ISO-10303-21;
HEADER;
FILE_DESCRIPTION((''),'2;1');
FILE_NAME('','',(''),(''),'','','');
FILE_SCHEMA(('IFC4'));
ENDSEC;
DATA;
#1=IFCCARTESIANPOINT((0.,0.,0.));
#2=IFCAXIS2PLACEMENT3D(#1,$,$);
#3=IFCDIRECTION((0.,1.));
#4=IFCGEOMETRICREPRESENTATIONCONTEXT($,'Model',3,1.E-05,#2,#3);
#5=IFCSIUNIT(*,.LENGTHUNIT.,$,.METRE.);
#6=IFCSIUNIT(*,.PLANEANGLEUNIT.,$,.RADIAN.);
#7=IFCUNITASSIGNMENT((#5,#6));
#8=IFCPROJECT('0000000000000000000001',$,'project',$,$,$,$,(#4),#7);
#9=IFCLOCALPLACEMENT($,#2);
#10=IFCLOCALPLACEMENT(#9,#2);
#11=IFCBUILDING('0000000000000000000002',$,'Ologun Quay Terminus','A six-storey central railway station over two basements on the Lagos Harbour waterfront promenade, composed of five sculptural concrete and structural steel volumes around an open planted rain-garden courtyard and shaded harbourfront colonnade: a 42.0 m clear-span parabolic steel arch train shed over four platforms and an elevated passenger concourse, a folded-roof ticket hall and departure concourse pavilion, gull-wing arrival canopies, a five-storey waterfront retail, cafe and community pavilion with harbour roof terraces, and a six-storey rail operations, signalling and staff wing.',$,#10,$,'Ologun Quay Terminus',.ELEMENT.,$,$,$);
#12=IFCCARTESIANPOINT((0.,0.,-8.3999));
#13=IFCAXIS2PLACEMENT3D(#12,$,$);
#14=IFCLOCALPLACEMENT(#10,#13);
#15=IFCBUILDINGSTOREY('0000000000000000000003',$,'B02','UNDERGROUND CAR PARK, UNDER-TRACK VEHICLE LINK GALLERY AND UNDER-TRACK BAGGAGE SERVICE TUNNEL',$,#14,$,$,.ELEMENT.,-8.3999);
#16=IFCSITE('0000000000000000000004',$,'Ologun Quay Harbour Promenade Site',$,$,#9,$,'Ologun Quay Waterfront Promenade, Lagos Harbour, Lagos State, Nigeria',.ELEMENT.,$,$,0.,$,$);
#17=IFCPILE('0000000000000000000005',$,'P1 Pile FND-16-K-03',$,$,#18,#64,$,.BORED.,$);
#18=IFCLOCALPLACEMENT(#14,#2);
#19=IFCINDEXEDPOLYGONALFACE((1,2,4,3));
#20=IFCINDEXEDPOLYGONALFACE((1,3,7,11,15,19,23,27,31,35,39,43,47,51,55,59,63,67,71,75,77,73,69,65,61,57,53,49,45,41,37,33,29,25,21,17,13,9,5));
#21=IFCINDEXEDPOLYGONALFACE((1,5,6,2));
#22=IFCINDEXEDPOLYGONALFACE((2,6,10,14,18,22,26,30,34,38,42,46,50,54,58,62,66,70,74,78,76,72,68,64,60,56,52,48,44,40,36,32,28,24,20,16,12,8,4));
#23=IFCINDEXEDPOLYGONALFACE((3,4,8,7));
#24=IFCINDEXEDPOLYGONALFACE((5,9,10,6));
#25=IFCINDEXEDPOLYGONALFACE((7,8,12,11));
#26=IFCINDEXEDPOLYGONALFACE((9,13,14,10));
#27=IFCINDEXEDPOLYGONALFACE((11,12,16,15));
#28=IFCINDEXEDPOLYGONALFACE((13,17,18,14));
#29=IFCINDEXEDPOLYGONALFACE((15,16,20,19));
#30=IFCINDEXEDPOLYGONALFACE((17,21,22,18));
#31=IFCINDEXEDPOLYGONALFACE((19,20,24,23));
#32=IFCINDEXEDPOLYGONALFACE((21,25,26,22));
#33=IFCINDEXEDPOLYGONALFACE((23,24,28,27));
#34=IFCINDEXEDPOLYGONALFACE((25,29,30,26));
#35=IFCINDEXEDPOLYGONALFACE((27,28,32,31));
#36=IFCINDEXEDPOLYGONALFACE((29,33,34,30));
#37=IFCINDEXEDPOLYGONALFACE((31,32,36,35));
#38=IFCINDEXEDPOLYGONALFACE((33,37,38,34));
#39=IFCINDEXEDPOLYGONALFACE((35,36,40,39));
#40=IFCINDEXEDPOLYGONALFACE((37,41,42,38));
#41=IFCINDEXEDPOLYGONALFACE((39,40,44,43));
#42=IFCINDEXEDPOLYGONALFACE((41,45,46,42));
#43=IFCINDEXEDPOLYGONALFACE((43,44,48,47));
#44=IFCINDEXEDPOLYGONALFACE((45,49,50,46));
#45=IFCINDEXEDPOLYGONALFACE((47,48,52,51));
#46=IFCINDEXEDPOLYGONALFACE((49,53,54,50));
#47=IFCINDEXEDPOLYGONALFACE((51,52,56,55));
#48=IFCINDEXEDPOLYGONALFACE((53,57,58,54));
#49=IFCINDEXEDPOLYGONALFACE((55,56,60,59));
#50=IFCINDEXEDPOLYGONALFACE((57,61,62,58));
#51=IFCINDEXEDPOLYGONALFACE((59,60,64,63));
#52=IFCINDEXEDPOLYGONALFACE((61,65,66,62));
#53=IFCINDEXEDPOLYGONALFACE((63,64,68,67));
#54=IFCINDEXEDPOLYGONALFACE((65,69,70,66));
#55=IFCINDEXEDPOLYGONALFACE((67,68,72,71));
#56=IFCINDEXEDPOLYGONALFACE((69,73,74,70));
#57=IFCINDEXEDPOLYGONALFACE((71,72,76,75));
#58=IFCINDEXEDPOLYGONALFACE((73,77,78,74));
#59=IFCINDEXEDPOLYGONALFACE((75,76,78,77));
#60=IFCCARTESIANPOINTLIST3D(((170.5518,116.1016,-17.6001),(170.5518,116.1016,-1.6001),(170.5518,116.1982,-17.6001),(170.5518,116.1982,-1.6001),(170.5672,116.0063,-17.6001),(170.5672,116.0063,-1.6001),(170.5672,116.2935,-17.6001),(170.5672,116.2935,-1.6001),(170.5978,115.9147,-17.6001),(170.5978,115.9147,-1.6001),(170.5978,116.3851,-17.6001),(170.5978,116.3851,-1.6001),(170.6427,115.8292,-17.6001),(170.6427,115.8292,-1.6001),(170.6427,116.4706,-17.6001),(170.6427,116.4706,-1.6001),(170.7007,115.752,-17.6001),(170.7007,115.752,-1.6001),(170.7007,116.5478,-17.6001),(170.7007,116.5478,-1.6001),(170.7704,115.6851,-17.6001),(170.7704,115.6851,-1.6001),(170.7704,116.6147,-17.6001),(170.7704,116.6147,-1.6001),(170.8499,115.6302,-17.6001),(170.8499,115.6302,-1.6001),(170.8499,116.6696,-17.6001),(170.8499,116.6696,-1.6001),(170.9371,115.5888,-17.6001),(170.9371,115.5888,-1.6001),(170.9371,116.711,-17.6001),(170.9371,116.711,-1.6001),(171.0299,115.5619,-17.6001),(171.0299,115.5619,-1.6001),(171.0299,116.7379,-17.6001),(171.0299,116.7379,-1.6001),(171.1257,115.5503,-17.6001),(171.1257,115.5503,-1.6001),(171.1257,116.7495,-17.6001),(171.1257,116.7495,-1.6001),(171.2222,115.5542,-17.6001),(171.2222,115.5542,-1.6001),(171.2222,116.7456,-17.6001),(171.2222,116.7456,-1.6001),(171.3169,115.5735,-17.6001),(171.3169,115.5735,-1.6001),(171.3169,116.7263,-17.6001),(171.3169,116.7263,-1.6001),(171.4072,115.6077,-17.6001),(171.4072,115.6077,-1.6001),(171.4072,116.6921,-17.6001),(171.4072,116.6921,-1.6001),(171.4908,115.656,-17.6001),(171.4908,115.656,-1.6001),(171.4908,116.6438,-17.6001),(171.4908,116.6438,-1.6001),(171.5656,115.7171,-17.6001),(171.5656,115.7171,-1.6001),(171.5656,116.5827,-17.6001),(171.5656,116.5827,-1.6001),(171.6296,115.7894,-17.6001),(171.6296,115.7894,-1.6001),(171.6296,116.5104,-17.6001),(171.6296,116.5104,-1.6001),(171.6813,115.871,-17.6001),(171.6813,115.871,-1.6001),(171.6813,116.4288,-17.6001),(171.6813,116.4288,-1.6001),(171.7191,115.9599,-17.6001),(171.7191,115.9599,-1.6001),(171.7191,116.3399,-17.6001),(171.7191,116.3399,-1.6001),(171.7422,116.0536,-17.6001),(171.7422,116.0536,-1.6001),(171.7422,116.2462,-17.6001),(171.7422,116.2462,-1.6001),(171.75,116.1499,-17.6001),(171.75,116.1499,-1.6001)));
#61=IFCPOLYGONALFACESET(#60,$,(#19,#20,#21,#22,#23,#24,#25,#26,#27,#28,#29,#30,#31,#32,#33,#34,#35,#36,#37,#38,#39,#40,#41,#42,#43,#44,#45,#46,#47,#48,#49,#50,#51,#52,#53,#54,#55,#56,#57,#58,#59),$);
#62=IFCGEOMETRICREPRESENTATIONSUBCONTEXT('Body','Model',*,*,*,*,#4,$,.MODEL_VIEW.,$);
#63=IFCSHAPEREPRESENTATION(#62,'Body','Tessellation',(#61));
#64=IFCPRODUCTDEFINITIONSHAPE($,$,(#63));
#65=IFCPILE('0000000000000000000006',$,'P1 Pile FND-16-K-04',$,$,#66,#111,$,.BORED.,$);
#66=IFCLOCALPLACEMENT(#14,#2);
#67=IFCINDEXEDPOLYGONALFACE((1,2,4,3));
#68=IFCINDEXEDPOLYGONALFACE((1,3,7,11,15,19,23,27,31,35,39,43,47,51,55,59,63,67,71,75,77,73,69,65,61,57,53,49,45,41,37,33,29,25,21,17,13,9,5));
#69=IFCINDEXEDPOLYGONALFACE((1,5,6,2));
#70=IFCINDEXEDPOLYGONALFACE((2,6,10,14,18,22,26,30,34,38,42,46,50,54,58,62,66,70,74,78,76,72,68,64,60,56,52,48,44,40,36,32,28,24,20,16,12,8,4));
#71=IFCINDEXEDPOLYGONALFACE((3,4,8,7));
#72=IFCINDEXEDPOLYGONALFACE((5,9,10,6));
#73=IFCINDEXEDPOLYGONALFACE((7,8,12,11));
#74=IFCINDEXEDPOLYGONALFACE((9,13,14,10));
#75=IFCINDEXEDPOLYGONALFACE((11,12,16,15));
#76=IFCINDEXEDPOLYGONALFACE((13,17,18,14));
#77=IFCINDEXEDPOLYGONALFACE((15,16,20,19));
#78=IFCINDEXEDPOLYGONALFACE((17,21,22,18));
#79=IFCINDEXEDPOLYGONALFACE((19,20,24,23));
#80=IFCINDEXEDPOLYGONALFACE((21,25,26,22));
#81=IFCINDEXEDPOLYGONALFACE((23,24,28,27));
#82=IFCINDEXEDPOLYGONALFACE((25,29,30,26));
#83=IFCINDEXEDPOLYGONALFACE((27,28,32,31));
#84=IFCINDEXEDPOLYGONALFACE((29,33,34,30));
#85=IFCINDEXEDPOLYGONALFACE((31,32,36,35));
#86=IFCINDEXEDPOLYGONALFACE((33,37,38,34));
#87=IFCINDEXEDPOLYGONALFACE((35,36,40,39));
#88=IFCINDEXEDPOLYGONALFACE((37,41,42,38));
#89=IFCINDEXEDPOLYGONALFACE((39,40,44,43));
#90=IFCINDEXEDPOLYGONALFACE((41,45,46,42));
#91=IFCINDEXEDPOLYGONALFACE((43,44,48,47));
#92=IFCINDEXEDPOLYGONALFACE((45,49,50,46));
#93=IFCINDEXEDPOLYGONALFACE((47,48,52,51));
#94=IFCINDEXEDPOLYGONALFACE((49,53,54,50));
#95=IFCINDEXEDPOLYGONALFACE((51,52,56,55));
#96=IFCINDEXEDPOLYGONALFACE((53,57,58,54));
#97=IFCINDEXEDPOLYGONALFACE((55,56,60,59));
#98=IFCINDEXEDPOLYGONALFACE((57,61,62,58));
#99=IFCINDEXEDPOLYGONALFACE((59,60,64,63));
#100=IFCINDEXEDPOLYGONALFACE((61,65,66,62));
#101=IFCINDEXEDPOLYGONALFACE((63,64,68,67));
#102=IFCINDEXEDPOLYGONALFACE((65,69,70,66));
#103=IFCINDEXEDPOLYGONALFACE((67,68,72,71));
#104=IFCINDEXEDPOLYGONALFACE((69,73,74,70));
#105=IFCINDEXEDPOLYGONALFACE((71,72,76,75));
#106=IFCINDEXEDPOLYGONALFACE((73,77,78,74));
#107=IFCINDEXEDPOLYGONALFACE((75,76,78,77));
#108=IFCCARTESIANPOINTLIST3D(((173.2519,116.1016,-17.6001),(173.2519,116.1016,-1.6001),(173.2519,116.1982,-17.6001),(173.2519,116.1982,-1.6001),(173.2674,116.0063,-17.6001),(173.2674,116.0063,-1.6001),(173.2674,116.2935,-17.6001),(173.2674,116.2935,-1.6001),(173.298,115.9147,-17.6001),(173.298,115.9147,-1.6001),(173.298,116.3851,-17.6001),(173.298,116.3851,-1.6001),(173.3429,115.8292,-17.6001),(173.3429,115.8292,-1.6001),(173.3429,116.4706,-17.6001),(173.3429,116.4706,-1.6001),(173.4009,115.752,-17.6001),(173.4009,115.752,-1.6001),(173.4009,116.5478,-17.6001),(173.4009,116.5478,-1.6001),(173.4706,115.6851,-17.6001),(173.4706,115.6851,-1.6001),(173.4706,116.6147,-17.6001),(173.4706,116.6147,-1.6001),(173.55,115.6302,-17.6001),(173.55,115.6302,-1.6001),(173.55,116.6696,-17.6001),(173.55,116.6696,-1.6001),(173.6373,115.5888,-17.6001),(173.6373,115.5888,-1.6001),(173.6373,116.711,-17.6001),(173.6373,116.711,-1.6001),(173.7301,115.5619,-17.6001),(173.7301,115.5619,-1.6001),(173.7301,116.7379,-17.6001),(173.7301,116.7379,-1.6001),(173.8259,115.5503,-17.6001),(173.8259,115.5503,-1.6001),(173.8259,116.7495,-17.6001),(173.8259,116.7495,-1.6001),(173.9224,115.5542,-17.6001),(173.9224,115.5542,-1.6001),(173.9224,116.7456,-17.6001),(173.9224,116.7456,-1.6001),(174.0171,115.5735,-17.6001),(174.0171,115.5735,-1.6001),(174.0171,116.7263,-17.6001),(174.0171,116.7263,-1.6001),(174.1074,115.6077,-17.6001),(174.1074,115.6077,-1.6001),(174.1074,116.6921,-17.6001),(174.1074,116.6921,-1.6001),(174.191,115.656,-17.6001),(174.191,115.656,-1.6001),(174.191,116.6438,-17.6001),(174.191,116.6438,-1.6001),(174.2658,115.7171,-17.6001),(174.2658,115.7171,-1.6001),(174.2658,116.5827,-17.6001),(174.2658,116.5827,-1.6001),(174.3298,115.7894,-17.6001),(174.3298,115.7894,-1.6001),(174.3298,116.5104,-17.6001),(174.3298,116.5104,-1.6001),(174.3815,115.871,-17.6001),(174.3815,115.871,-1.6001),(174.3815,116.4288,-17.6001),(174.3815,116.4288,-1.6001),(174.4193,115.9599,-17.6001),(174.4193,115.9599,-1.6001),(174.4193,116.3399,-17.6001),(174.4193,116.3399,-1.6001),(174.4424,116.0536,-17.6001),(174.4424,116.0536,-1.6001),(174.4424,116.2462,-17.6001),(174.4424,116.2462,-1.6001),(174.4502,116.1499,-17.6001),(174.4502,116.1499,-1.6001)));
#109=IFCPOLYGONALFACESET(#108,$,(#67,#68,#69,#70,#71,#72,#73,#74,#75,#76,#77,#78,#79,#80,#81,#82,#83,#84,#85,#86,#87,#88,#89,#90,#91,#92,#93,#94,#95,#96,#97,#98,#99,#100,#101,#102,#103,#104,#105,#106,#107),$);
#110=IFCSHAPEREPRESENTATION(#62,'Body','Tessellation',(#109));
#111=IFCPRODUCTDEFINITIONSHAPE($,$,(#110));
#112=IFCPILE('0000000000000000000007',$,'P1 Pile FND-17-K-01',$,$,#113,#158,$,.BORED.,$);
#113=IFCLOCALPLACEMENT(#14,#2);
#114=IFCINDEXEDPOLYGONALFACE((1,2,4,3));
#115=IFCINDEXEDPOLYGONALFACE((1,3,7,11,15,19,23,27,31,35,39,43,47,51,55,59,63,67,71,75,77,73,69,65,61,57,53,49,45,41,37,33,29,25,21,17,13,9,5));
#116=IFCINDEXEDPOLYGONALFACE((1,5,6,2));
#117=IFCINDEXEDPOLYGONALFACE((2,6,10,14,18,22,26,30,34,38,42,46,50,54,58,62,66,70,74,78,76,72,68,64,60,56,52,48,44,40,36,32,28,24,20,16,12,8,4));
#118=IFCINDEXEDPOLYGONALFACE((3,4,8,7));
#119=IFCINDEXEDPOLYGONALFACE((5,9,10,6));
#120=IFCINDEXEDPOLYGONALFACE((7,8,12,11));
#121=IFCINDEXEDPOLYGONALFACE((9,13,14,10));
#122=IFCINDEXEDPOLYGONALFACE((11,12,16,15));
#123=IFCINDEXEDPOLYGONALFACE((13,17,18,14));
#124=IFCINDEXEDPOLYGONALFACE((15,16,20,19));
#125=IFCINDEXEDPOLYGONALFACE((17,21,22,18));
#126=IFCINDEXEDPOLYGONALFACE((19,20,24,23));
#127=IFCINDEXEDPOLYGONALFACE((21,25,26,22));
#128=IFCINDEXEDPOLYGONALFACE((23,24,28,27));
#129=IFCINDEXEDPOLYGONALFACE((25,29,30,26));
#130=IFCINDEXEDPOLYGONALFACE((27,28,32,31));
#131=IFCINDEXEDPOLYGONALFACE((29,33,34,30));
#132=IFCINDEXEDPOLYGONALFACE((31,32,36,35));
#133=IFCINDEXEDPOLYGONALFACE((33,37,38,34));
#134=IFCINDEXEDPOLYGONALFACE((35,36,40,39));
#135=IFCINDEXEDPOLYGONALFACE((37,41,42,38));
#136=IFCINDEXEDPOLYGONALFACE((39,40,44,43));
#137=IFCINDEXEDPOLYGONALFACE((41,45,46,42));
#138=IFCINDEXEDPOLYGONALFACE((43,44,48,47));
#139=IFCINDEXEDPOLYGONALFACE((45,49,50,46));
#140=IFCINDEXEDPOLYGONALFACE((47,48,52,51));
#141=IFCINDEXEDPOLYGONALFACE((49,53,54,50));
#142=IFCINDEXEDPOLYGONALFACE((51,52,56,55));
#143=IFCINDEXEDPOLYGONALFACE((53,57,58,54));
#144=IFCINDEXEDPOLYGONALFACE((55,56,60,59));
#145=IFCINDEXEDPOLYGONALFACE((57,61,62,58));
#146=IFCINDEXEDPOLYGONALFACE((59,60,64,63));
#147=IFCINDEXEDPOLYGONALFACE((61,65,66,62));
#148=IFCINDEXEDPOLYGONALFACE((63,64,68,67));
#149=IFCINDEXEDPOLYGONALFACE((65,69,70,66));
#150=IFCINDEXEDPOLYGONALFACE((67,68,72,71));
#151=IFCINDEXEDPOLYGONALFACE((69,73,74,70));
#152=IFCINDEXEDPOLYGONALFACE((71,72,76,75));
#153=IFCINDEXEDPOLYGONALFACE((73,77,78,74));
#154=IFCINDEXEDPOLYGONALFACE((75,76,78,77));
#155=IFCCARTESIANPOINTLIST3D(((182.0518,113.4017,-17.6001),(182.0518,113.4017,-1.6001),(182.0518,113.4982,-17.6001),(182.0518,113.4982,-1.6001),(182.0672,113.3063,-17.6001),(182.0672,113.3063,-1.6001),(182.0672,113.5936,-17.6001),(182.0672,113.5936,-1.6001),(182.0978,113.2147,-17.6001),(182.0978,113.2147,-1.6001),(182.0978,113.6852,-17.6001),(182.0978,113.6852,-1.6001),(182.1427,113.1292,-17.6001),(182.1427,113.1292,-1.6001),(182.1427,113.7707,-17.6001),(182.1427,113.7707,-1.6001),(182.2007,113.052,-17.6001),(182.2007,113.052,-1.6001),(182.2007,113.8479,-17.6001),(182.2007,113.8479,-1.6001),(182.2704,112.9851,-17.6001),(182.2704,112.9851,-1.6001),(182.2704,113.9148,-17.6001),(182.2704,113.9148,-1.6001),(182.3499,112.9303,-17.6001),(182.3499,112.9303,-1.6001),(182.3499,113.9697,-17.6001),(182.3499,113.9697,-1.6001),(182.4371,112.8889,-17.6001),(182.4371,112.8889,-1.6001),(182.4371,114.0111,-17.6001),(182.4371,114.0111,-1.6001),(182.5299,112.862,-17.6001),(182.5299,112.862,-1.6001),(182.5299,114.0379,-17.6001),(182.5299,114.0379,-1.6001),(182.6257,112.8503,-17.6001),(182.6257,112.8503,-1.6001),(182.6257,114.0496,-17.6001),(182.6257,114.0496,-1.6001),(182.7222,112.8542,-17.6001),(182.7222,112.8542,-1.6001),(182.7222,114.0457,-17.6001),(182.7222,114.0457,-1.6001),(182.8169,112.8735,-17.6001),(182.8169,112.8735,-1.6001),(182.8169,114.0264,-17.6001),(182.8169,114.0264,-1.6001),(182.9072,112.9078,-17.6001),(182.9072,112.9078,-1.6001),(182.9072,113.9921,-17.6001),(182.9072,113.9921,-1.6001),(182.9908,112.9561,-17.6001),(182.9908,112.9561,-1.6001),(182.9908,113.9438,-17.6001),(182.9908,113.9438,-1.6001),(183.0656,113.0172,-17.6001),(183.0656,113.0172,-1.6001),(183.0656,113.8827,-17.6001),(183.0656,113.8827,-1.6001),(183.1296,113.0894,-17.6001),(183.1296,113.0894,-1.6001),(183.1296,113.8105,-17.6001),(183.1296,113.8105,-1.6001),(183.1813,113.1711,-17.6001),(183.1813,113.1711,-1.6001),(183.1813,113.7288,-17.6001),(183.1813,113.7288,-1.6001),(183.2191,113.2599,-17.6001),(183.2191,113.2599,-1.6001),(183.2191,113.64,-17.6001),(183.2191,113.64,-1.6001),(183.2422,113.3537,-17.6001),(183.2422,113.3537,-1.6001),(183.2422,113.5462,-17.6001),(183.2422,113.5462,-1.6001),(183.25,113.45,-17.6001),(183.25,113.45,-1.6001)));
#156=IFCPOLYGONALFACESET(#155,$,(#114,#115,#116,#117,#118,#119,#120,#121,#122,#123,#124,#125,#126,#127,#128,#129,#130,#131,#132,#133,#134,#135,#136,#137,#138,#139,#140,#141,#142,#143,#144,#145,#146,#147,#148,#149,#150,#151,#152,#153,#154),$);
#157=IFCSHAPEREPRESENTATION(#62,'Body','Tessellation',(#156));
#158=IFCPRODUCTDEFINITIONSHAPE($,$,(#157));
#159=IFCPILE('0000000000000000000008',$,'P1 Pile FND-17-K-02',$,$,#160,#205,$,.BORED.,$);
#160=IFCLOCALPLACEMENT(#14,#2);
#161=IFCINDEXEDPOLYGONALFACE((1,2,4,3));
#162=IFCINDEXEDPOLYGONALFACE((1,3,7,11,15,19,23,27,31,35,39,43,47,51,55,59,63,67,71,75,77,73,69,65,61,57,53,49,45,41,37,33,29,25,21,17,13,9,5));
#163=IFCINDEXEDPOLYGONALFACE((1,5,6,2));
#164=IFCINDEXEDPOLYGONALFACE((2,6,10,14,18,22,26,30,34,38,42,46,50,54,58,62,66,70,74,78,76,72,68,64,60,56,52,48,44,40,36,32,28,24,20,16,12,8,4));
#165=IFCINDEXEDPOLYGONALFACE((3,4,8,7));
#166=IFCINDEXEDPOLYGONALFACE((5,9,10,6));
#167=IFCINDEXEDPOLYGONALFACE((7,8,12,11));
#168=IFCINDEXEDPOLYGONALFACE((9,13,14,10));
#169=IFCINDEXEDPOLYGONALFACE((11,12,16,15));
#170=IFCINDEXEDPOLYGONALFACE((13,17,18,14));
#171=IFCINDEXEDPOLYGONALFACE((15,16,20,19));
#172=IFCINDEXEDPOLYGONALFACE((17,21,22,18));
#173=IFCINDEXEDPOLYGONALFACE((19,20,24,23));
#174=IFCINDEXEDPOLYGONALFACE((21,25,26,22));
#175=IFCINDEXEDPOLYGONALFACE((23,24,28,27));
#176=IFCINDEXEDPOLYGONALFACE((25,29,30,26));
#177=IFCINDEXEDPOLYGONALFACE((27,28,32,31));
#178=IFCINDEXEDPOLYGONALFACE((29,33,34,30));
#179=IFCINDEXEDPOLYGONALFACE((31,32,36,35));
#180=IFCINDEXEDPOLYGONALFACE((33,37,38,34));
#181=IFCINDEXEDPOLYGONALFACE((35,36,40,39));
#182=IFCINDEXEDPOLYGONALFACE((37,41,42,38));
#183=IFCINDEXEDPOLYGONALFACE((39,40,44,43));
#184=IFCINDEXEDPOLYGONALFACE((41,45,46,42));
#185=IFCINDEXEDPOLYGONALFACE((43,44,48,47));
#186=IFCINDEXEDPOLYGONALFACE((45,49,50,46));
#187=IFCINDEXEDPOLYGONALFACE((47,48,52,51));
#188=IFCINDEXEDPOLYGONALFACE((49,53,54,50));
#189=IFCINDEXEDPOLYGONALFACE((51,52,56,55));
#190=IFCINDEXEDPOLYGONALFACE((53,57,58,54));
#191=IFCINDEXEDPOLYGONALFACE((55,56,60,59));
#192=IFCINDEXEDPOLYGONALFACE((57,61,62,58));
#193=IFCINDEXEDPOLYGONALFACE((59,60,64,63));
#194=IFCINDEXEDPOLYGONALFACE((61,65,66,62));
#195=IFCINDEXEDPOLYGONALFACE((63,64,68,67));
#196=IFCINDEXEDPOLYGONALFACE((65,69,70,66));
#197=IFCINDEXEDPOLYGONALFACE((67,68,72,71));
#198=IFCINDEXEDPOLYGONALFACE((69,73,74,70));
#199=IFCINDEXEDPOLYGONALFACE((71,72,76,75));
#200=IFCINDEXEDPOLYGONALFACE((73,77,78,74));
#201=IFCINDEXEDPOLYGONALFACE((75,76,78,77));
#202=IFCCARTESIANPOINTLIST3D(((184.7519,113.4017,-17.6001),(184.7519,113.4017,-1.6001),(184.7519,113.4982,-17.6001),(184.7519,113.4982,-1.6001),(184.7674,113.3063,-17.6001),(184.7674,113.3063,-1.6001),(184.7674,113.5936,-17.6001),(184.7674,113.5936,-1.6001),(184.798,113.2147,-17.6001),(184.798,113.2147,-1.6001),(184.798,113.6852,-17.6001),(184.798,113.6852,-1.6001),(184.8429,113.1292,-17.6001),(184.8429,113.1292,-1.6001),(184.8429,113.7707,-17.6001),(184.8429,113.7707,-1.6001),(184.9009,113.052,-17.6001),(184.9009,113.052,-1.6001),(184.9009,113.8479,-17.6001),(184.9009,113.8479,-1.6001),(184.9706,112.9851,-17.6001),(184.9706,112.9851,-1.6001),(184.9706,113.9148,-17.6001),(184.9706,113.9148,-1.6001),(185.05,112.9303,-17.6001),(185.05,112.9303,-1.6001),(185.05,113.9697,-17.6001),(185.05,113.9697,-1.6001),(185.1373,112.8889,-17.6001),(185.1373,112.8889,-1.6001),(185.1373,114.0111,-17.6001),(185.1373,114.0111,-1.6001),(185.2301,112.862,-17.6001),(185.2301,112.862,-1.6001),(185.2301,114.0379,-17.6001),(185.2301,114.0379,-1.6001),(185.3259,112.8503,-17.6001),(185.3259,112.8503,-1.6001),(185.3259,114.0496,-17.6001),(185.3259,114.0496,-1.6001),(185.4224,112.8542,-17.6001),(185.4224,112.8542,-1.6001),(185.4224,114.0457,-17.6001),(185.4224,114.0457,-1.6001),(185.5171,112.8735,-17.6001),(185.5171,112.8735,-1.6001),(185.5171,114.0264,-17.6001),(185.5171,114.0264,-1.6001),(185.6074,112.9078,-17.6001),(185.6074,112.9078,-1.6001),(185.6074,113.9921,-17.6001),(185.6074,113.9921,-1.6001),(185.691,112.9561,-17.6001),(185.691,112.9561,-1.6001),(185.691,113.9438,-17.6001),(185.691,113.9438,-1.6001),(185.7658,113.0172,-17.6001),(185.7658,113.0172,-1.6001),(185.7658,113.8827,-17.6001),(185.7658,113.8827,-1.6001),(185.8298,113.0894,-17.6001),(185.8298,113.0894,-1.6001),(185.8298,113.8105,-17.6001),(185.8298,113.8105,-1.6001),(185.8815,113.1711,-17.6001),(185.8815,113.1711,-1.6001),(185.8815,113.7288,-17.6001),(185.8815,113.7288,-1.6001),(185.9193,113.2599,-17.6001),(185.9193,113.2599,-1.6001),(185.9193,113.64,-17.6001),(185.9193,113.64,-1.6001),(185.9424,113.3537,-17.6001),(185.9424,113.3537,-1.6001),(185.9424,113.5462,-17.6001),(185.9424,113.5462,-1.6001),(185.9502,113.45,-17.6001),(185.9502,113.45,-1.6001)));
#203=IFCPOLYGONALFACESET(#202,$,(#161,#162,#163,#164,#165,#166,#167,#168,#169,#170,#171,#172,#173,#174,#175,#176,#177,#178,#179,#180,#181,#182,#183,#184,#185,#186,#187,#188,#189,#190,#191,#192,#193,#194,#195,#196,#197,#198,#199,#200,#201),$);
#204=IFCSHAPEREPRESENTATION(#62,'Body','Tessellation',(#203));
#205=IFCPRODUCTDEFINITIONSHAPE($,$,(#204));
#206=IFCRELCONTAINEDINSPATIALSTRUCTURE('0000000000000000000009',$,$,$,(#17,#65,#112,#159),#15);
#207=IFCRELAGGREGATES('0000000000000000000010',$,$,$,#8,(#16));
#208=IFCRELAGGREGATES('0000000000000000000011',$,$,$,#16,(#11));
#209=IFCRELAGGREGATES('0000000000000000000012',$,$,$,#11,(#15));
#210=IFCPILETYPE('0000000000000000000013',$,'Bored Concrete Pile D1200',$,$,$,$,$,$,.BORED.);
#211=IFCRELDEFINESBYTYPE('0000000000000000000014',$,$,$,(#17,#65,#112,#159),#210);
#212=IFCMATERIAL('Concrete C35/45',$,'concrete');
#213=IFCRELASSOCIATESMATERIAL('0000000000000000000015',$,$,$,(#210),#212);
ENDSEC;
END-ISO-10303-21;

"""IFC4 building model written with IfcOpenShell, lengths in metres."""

from ifc_helpers import new_model, si_unit, direction, frame, origin, origin_2d, place, context, subcontext, project, spatial, circle, extrude, material, material_profile, profile_set, type_object, element, save


model = new_model("IFC4")

# Units and contexts
model_context = context("Model", 3, precision=1e-05, world=origin(), true_north=direction((0.0, 1.0)))
body_context = subcontext(model_context, "Body", "Model", "MODEL_VIEW")
ifc_project = project(units=[si_unit("LENGTHUNIT", "METRE"), si_unit("PLANEANGLEUNIT", "RADIAN")], contexts=[model_context])

# Site, building, storey
site_placement = place(None, origin())
site = spatial("IfcSite", under=ifc_project, at=site_placement, Name="Ologun Quay Harbour Promenade Site", LongName="Ologun Quay Waterfront Promenade, Lagos Harbour, Lagos State, Nigeria", CompositionType="ELEMENT", RefElevation=0.0)
building_placement = place(site_placement, origin())
building = spatial("IfcBuilding", under=site, at=building_placement, Name="Ologun Quay Terminus", Description="A six-storey central railway station over two basements on the Lagos Harbour waterfront promenade, composed of five sculptural concrete and structural steel volumes around an open planted rain-garden courtyard and shaded harbourfront colonnade: a 42.0 m clear-span parabolic steel arch train shed over four platforms and an elevated passenger concourse, a folded-roof ticket hall and departure concourse pavilion, gull-wing arrival canopies, a five-storey waterfront retail, cafe and community pavilion with harbour roof terraces, and a six-storey rail operations, signalling and staff wing.", LongName="Ologun Quay Terminus", CompositionType="ELEMENT")
storey_placement = place(building_placement, frame((0.0, 0.0, -8.3999)))
storey = spatial("IfcBuildingStorey", under=building, at=storey_placement, Name="B02", Description="UNDERGROUND CAR PARK, UNDER-TRACK VEHICLE LINK GALLERY AND UNDER-TRACK BAGGAGE SERVICE TUNNEL", CompositionType="ELEMENT", Elevation=-8.3999)

# Piles
ifc_material_1 = material(Name="Concrete C35/45", Category="concrete")
ifc_material_profile_1 = material_profile(ifc_material_1, circle(Radius=0.6001, at=origin_2d()), Name="PILE D1200")
ifc_profile_set_1 = profile_set([ifc_material_profile_1], Name="Concrete C35/45")
pile_type_1 = type_object("IfcPileType", Name="Bored Concrete Pile D1200", PredefinedType="BORED", material=ifc_profile_set_1)
for number, where, z_axis, x_axis, name in (
    (1, (171.1499, 116.1499, -1.6001), (0.0, 0.0, -1.0), (1.0, 0.0, 0.0), "P1 Pile FND-16-K-03"),
    (2, (173.8501, 116.1499, -1.6001), (0.0, 0.0, -1.0), (1.0, 0.0, 0.0), "P1 Pile FND-16-K-04"),
    (3, (182.6499, 113.45, -1.6001), (0.0, 0.0, -1.0), (1.0, 0.0, 0.0), "P1 Pile FND-17-K-01"),
    (4, (185.3501, 113.45, -1.6001), (0.0, 0.0, -1.0), (1.0, 0.0, 0.0), "P1 Pile FND-17-K-02"),
):
    element("IfcPile", number, at=place(storey_placement, frame(where, z_axis=z_axis, x_axis=x_axis)), inside=storey, type_object=pile_type_1, Name=name, PredefinedType="BORED", context=body_context, shape_type="SweptSolid", body=[
        extrude(circle(Radius=0.6001, at=origin_2d()), origin(), (0.0, 0.0, 1.0), 16.0),
    ])

save(model, "model.ifc")
